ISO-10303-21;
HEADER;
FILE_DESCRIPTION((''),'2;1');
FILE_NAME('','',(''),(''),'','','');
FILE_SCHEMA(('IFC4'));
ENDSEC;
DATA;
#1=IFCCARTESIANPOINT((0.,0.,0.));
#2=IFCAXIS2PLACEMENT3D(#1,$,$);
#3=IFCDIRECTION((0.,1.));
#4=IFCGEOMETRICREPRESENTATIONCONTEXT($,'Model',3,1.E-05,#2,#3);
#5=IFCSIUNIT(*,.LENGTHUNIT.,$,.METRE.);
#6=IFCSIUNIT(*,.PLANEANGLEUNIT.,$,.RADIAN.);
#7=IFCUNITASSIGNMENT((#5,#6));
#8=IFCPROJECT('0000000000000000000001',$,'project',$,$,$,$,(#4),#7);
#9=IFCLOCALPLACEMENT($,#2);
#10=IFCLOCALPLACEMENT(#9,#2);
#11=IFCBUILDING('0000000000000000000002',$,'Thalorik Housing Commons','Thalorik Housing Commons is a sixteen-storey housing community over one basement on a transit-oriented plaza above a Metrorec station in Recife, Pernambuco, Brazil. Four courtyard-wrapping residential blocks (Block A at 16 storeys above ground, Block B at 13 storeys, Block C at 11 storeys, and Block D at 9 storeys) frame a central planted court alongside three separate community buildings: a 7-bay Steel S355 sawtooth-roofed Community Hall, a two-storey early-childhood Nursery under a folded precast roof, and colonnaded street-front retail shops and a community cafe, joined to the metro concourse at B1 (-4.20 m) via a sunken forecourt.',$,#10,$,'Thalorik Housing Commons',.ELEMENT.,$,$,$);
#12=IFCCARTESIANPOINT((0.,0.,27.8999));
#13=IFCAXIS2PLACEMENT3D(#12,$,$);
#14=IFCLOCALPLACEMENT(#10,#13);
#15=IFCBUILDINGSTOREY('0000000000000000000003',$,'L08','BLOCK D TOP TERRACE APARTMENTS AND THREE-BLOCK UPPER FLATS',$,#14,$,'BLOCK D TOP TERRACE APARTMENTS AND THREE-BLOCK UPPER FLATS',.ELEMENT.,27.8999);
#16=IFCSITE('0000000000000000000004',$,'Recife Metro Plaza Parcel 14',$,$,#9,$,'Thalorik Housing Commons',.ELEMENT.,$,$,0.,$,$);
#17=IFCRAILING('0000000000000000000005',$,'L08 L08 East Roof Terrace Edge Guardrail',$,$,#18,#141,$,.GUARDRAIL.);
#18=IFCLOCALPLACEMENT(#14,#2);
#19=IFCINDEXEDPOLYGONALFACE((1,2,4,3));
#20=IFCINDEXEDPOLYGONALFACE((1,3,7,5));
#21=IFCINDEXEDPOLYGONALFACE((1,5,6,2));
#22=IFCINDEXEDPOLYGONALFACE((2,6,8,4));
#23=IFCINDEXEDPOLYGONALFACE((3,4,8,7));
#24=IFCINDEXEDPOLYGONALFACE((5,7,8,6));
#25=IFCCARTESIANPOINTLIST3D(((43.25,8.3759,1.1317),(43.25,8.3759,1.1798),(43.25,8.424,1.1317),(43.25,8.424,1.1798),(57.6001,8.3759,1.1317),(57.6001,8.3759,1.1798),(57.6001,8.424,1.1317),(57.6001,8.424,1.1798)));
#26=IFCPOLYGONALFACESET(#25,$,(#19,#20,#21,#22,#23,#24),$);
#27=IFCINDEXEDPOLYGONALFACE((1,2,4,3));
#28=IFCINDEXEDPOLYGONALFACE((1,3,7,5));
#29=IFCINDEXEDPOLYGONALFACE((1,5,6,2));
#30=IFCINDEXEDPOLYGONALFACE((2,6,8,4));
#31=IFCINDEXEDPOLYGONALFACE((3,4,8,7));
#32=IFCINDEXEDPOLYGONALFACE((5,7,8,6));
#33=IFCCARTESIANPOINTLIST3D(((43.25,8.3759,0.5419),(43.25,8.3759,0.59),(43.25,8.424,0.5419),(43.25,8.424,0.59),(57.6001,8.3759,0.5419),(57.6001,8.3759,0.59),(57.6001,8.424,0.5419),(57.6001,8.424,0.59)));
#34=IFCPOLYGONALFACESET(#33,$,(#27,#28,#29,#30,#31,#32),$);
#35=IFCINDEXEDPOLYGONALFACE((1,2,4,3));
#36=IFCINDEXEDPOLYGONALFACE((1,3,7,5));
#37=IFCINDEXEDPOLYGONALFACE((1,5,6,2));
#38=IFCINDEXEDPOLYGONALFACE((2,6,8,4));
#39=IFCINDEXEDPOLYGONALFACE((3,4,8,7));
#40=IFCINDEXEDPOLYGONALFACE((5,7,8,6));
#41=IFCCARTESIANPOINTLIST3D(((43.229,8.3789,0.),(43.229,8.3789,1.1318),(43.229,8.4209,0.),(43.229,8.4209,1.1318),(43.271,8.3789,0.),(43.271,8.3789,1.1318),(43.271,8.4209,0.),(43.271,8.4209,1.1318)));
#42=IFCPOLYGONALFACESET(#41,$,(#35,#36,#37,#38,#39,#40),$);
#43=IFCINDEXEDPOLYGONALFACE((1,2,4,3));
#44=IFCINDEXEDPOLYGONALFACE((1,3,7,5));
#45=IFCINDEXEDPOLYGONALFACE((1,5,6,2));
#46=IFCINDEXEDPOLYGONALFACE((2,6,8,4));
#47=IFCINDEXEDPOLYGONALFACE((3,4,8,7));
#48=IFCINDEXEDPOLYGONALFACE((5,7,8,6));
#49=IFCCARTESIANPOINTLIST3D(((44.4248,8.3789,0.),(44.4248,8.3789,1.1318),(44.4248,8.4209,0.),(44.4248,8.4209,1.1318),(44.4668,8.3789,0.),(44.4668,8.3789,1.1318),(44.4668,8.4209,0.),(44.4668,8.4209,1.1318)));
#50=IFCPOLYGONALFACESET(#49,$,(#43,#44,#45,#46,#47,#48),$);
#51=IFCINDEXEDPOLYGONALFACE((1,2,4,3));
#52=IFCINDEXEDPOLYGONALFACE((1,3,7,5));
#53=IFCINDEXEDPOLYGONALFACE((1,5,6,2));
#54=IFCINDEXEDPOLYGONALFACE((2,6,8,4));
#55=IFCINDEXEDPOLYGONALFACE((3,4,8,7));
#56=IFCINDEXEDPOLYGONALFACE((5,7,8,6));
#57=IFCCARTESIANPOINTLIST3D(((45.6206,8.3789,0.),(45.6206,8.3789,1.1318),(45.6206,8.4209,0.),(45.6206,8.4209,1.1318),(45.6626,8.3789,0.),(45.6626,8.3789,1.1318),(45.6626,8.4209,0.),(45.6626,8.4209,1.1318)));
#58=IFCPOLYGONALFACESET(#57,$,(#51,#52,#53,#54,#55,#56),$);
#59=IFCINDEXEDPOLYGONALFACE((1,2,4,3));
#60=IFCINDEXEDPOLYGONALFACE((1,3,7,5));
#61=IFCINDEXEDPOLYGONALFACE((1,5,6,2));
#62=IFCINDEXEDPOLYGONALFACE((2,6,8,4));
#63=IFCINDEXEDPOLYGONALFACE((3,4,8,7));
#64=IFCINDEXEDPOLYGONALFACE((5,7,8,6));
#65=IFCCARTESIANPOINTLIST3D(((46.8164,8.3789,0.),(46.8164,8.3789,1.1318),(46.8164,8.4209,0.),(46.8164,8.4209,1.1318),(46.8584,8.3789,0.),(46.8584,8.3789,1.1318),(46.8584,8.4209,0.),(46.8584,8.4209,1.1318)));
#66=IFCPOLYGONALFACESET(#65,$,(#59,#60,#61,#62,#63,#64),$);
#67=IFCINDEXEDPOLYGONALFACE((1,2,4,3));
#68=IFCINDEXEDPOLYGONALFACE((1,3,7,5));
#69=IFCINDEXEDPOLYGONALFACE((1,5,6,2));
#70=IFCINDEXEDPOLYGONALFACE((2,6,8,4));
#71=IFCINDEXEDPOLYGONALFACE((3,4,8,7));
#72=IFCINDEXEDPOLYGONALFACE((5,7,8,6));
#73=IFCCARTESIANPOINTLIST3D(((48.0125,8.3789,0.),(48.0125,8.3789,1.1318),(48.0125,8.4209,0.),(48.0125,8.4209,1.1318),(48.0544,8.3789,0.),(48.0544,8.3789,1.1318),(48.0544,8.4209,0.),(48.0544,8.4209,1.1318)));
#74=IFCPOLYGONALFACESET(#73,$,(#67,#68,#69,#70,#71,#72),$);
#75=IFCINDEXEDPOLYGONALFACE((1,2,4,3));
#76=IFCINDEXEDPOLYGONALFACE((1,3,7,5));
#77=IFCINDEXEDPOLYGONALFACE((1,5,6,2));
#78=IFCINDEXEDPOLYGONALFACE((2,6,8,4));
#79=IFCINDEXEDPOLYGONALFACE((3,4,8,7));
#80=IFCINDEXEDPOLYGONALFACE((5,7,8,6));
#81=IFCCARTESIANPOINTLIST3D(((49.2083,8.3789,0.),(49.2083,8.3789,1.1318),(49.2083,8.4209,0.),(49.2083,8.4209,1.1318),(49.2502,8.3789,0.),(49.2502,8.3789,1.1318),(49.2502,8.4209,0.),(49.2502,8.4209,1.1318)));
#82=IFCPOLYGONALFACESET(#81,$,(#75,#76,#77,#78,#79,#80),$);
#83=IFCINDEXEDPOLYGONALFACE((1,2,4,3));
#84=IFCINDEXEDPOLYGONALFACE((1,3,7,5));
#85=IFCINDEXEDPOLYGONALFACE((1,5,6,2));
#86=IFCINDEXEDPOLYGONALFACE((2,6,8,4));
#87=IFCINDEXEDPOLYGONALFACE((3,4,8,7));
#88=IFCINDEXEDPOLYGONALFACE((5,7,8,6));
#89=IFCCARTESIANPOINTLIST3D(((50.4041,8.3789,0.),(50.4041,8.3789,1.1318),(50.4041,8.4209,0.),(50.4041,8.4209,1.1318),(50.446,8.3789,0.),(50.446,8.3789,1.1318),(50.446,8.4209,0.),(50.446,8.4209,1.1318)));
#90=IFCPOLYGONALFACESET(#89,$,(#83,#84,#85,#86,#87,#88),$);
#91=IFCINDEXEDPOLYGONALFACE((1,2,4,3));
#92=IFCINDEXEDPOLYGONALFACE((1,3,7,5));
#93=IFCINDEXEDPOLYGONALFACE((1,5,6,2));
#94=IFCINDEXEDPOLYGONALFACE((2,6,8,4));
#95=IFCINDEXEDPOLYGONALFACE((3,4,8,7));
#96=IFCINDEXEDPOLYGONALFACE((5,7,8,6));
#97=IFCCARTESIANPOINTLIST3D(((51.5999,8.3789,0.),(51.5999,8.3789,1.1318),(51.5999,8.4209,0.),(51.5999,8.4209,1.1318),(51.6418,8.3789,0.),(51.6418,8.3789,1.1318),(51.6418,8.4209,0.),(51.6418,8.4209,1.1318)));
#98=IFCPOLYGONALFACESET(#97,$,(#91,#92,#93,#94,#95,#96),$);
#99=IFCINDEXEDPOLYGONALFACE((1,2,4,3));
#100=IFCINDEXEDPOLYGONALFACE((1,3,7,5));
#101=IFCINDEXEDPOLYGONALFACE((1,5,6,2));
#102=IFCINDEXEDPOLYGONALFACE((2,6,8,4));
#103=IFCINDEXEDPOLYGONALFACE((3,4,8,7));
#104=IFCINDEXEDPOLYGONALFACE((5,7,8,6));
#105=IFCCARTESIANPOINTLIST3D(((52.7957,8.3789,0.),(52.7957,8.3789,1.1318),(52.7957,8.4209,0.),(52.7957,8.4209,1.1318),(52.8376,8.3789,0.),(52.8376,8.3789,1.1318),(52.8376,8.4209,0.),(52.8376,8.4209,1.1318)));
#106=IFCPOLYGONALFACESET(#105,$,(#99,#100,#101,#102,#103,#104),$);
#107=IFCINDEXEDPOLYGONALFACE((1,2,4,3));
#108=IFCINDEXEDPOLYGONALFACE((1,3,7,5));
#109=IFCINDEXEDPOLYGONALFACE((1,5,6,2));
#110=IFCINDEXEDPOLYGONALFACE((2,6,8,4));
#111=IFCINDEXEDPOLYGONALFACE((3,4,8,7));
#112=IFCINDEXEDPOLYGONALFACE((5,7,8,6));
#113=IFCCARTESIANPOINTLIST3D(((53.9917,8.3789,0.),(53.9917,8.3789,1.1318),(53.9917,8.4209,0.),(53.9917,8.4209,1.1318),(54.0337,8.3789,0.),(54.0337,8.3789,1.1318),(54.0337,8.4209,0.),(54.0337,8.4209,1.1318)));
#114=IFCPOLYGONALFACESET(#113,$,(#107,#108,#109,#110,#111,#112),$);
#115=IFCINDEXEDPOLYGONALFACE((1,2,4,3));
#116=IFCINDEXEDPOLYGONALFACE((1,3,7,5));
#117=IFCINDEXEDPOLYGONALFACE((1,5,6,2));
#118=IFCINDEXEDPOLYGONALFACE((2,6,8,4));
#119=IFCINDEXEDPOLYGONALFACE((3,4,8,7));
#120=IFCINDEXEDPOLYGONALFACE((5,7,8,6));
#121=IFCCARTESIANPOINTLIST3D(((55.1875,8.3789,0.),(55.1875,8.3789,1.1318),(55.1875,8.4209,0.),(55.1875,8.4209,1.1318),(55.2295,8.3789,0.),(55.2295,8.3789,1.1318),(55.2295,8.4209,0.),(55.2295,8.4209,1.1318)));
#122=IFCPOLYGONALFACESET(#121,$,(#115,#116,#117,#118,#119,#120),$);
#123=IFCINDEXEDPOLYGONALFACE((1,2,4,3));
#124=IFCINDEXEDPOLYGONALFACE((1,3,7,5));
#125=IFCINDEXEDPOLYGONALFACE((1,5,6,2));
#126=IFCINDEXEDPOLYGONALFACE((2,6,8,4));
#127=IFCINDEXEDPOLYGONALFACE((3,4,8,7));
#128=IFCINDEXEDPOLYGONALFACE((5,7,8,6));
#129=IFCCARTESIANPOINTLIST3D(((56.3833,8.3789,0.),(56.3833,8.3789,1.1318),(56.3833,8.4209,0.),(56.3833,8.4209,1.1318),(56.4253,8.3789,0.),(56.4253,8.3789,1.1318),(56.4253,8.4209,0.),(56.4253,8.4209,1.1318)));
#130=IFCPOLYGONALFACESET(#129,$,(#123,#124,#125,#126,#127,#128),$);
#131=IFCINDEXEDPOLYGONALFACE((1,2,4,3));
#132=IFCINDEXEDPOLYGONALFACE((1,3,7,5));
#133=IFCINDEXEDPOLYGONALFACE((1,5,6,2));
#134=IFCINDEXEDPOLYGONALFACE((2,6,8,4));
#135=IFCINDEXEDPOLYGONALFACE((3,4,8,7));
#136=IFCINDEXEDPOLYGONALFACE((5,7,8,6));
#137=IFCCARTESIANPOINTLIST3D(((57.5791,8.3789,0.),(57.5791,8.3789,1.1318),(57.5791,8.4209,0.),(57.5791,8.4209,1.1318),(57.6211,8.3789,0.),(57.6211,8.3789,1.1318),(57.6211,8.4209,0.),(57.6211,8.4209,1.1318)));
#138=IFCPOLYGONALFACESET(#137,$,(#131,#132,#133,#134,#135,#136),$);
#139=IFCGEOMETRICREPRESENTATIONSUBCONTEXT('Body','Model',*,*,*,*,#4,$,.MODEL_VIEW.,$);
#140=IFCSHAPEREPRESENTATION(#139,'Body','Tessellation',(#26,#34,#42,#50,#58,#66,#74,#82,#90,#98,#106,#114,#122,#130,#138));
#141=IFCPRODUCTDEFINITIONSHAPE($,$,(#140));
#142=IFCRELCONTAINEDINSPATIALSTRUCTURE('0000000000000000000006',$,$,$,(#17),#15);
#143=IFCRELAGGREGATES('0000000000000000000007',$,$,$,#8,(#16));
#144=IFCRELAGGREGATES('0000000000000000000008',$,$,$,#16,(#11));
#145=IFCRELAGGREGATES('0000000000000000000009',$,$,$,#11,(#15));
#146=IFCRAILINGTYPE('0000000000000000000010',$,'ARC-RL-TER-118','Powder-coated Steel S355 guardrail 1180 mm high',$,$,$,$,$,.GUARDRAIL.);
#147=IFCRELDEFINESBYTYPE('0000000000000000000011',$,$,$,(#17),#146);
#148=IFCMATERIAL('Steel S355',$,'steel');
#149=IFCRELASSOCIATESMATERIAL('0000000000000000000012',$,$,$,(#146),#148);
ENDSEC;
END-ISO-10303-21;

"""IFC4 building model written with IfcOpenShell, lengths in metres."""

from ifc_helpers import new_model, si_unit, direction, frame, origin, origin_2d, place, context, subcontext, project, spatial, rectangle, extrude, material, type_object, element, save


model = new_model("IFC4")

# Units and contexts
model_context = context("Model", 3, precision=1e-05, world=origin(), true_north=direction((0.0, 1.0)))
body_context = subcontext(model_context, "Body", "Model", "MODEL_VIEW")
ifc_project = project(units=[si_unit("LENGTHUNIT", "METRE"), si_unit("PLANEANGLEUNIT", "RADIAN")], contexts=[model_context])

# Site, building, storey
site_placement = place(None, origin())
site = spatial("IfcSite", under=ifc_project, at=site_placement, Name="Recife Metro Plaza Parcel 14", LongName="Thalorik Housing Commons", CompositionType="ELEMENT", RefElevation=0.0)
building_placement = place(site_placement, origin())
building = spatial("IfcBuilding", under=site, at=building_placement, Name="Thalorik Housing Commons", Description="Thalorik Housing Commons is a sixteen-storey housing community over one basement on a transit-oriented plaza above a Metrorec station in Recife, Pernambuco, Brazil. Four courtyard-wrapping residential blocks (Block A at 16 storeys above ground, Block B at 13 storeys, Block C at 11 storeys, and Block D at 9 storeys) frame a central planted court alongside three separate community buildings: a 7-bay Steel S355 sawtooth-roofed Community Hall, a two-storey early-childhood Nursery under a folded precast roof, and colonnaded street-front retail shops and a community cafe, joined to the metro concourse at B1 (-4.20 m) via a sunken forecourt.", LongName="Thalorik Housing Commons", CompositionType="ELEMENT")
storey_placement = place(building_placement, frame((0.0, 0.0, 27.8999)))
storey = spatial("IfcBuildingStorey", under=building, at=storey_placement, Name="L08", Description="BLOCK D TOP TERRACE APARTMENTS AND THREE-BLOCK UPPER FLATS", LongName="BLOCK D TOP TERRACE APARTMENTS AND THREE-BLOCK UPPER FLATS", CompositionType="ELEMENT", Elevation=27.8999)

# Railing
ifc_material_1 = material(Name="Steel S355", Category="steel")
railing_type_1 = type_object("IfcRailingType", Name="ARC-RL-TER-118", Description="Powder-coated Steel S355 guardrail 1180 mm high", PredefinedType="GUARDRAIL", material=ifc_material_1)
railing_1_placement = place(storey_placement, frame((43.25, 8.3999, 0.0)))
element("IfcRailing", 1, at=railing_1_placement, inside=storey, type_object=railing_type_1, Name="L08 L08 East Roof Terrace Edge Guardrail", PredefinedType="GUARDRAIL", context=body_context, shape_type="SweptSolid", body=[
    extrude(rectangle(XDim=0.0481, YDim=0.0481, at=origin_2d()), frame((0.0, 0.0, 1.1558), z_axis=(1.0, 0.0, 0.0), x_axis=(0.0, 1.0, 0.0)), (0.0, 0.0, 1.0), 14.3501),
    extrude(rectangle(XDim=0.0481, YDim=0.0481, at=origin_2d()), frame((0.0, 0.0, 0.5659), z_axis=(1.0, 0.0, 0.0), x_axis=(0.0, 1.0, 0.0)), (0.0, 0.0, 1.0), 14.3501),
    extrude(rectangle(XDim=0.042, YDim=0.042, at=origin_2d()), origin(), (0.0, 0.0, 1.0), 1.1318),
    extrude(rectangle(XDim=0.042, YDim=0.042, at=origin_2d()), frame((1.1958, 0.0, 0.0)), (0.0, 0.0, 1.0), 1.1318),
    extrude(rectangle(XDim=0.042, YDim=0.042, at=origin_2d()), frame((2.3916, 0.0, 0.0)), (0.0, 0.0, 1.0), 1.1318),
    extrude(rectangle(XDim=0.042, YDim=0.042, at=origin_2d()), frame((3.5874, 0.0, 0.0)), (0.0, 0.0, 1.0), 1.1318),
    extrude(rectangle(XDim=0.042, YDim=0.042, at=origin_2d()), frame((4.7834, 0.0, 0.0)), (0.0, 0.0, 1.0), 1.1318),
    extrude(rectangle(XDim=0.042, YDim=0.042, at=origin_2d()), frame((5.9792, 0.0, 0.0)), (0.0, 0.0, 1.0), 1.1318),
    extrude(rectangle(XDim=0.042, YDim=0.042, at=origin_2d()), frame((7.175, 0.0, 0.0)), (0.0, 0.0, 1.0), 1.1318),
    extrude(rectangle(XDim=0.042, YDim=0.042, at=origin_2d()), frame((8.3708, 0.0, 0.0)), (0.0, 0.0, 1.0), 1.1318),
    extrude(rectangle(XDim=0.042, YDim=0.042, at=origin_2d()), frame((9.5667, 0.0, 0.0)), (0.0, 0.0, 1.0), 1.1318),
    extrude(rectangle(XDim=0.042, YDim=0.042, at=origin_2d()), frame((10.7627, 0.0, 0.0)), (0.0, 0.0, 1.0), 1.1318),
    extrude(rectangle(XDim=0.042, YDim=0.042, at=origin_2d()), frame((11.9585, 0.0, 0.0)), (0.0, 0.0, 1.0), 1.1318),
    extrude(rectangle(XDim=0.042, YDim=0.042, at=origin_2d()), frame((13.1543, 0.0, 0.0)), (0.0, 0.0, 1.0), 1.1318),
    extrude(rectangle(XDim=0.042, YDim=0.042, at=origin_2d()), frame((14.3501, 0.0, 0.0)), (0.0, 0.0, 1.0), 1.1318),
])

save(model, "model.ifc")
